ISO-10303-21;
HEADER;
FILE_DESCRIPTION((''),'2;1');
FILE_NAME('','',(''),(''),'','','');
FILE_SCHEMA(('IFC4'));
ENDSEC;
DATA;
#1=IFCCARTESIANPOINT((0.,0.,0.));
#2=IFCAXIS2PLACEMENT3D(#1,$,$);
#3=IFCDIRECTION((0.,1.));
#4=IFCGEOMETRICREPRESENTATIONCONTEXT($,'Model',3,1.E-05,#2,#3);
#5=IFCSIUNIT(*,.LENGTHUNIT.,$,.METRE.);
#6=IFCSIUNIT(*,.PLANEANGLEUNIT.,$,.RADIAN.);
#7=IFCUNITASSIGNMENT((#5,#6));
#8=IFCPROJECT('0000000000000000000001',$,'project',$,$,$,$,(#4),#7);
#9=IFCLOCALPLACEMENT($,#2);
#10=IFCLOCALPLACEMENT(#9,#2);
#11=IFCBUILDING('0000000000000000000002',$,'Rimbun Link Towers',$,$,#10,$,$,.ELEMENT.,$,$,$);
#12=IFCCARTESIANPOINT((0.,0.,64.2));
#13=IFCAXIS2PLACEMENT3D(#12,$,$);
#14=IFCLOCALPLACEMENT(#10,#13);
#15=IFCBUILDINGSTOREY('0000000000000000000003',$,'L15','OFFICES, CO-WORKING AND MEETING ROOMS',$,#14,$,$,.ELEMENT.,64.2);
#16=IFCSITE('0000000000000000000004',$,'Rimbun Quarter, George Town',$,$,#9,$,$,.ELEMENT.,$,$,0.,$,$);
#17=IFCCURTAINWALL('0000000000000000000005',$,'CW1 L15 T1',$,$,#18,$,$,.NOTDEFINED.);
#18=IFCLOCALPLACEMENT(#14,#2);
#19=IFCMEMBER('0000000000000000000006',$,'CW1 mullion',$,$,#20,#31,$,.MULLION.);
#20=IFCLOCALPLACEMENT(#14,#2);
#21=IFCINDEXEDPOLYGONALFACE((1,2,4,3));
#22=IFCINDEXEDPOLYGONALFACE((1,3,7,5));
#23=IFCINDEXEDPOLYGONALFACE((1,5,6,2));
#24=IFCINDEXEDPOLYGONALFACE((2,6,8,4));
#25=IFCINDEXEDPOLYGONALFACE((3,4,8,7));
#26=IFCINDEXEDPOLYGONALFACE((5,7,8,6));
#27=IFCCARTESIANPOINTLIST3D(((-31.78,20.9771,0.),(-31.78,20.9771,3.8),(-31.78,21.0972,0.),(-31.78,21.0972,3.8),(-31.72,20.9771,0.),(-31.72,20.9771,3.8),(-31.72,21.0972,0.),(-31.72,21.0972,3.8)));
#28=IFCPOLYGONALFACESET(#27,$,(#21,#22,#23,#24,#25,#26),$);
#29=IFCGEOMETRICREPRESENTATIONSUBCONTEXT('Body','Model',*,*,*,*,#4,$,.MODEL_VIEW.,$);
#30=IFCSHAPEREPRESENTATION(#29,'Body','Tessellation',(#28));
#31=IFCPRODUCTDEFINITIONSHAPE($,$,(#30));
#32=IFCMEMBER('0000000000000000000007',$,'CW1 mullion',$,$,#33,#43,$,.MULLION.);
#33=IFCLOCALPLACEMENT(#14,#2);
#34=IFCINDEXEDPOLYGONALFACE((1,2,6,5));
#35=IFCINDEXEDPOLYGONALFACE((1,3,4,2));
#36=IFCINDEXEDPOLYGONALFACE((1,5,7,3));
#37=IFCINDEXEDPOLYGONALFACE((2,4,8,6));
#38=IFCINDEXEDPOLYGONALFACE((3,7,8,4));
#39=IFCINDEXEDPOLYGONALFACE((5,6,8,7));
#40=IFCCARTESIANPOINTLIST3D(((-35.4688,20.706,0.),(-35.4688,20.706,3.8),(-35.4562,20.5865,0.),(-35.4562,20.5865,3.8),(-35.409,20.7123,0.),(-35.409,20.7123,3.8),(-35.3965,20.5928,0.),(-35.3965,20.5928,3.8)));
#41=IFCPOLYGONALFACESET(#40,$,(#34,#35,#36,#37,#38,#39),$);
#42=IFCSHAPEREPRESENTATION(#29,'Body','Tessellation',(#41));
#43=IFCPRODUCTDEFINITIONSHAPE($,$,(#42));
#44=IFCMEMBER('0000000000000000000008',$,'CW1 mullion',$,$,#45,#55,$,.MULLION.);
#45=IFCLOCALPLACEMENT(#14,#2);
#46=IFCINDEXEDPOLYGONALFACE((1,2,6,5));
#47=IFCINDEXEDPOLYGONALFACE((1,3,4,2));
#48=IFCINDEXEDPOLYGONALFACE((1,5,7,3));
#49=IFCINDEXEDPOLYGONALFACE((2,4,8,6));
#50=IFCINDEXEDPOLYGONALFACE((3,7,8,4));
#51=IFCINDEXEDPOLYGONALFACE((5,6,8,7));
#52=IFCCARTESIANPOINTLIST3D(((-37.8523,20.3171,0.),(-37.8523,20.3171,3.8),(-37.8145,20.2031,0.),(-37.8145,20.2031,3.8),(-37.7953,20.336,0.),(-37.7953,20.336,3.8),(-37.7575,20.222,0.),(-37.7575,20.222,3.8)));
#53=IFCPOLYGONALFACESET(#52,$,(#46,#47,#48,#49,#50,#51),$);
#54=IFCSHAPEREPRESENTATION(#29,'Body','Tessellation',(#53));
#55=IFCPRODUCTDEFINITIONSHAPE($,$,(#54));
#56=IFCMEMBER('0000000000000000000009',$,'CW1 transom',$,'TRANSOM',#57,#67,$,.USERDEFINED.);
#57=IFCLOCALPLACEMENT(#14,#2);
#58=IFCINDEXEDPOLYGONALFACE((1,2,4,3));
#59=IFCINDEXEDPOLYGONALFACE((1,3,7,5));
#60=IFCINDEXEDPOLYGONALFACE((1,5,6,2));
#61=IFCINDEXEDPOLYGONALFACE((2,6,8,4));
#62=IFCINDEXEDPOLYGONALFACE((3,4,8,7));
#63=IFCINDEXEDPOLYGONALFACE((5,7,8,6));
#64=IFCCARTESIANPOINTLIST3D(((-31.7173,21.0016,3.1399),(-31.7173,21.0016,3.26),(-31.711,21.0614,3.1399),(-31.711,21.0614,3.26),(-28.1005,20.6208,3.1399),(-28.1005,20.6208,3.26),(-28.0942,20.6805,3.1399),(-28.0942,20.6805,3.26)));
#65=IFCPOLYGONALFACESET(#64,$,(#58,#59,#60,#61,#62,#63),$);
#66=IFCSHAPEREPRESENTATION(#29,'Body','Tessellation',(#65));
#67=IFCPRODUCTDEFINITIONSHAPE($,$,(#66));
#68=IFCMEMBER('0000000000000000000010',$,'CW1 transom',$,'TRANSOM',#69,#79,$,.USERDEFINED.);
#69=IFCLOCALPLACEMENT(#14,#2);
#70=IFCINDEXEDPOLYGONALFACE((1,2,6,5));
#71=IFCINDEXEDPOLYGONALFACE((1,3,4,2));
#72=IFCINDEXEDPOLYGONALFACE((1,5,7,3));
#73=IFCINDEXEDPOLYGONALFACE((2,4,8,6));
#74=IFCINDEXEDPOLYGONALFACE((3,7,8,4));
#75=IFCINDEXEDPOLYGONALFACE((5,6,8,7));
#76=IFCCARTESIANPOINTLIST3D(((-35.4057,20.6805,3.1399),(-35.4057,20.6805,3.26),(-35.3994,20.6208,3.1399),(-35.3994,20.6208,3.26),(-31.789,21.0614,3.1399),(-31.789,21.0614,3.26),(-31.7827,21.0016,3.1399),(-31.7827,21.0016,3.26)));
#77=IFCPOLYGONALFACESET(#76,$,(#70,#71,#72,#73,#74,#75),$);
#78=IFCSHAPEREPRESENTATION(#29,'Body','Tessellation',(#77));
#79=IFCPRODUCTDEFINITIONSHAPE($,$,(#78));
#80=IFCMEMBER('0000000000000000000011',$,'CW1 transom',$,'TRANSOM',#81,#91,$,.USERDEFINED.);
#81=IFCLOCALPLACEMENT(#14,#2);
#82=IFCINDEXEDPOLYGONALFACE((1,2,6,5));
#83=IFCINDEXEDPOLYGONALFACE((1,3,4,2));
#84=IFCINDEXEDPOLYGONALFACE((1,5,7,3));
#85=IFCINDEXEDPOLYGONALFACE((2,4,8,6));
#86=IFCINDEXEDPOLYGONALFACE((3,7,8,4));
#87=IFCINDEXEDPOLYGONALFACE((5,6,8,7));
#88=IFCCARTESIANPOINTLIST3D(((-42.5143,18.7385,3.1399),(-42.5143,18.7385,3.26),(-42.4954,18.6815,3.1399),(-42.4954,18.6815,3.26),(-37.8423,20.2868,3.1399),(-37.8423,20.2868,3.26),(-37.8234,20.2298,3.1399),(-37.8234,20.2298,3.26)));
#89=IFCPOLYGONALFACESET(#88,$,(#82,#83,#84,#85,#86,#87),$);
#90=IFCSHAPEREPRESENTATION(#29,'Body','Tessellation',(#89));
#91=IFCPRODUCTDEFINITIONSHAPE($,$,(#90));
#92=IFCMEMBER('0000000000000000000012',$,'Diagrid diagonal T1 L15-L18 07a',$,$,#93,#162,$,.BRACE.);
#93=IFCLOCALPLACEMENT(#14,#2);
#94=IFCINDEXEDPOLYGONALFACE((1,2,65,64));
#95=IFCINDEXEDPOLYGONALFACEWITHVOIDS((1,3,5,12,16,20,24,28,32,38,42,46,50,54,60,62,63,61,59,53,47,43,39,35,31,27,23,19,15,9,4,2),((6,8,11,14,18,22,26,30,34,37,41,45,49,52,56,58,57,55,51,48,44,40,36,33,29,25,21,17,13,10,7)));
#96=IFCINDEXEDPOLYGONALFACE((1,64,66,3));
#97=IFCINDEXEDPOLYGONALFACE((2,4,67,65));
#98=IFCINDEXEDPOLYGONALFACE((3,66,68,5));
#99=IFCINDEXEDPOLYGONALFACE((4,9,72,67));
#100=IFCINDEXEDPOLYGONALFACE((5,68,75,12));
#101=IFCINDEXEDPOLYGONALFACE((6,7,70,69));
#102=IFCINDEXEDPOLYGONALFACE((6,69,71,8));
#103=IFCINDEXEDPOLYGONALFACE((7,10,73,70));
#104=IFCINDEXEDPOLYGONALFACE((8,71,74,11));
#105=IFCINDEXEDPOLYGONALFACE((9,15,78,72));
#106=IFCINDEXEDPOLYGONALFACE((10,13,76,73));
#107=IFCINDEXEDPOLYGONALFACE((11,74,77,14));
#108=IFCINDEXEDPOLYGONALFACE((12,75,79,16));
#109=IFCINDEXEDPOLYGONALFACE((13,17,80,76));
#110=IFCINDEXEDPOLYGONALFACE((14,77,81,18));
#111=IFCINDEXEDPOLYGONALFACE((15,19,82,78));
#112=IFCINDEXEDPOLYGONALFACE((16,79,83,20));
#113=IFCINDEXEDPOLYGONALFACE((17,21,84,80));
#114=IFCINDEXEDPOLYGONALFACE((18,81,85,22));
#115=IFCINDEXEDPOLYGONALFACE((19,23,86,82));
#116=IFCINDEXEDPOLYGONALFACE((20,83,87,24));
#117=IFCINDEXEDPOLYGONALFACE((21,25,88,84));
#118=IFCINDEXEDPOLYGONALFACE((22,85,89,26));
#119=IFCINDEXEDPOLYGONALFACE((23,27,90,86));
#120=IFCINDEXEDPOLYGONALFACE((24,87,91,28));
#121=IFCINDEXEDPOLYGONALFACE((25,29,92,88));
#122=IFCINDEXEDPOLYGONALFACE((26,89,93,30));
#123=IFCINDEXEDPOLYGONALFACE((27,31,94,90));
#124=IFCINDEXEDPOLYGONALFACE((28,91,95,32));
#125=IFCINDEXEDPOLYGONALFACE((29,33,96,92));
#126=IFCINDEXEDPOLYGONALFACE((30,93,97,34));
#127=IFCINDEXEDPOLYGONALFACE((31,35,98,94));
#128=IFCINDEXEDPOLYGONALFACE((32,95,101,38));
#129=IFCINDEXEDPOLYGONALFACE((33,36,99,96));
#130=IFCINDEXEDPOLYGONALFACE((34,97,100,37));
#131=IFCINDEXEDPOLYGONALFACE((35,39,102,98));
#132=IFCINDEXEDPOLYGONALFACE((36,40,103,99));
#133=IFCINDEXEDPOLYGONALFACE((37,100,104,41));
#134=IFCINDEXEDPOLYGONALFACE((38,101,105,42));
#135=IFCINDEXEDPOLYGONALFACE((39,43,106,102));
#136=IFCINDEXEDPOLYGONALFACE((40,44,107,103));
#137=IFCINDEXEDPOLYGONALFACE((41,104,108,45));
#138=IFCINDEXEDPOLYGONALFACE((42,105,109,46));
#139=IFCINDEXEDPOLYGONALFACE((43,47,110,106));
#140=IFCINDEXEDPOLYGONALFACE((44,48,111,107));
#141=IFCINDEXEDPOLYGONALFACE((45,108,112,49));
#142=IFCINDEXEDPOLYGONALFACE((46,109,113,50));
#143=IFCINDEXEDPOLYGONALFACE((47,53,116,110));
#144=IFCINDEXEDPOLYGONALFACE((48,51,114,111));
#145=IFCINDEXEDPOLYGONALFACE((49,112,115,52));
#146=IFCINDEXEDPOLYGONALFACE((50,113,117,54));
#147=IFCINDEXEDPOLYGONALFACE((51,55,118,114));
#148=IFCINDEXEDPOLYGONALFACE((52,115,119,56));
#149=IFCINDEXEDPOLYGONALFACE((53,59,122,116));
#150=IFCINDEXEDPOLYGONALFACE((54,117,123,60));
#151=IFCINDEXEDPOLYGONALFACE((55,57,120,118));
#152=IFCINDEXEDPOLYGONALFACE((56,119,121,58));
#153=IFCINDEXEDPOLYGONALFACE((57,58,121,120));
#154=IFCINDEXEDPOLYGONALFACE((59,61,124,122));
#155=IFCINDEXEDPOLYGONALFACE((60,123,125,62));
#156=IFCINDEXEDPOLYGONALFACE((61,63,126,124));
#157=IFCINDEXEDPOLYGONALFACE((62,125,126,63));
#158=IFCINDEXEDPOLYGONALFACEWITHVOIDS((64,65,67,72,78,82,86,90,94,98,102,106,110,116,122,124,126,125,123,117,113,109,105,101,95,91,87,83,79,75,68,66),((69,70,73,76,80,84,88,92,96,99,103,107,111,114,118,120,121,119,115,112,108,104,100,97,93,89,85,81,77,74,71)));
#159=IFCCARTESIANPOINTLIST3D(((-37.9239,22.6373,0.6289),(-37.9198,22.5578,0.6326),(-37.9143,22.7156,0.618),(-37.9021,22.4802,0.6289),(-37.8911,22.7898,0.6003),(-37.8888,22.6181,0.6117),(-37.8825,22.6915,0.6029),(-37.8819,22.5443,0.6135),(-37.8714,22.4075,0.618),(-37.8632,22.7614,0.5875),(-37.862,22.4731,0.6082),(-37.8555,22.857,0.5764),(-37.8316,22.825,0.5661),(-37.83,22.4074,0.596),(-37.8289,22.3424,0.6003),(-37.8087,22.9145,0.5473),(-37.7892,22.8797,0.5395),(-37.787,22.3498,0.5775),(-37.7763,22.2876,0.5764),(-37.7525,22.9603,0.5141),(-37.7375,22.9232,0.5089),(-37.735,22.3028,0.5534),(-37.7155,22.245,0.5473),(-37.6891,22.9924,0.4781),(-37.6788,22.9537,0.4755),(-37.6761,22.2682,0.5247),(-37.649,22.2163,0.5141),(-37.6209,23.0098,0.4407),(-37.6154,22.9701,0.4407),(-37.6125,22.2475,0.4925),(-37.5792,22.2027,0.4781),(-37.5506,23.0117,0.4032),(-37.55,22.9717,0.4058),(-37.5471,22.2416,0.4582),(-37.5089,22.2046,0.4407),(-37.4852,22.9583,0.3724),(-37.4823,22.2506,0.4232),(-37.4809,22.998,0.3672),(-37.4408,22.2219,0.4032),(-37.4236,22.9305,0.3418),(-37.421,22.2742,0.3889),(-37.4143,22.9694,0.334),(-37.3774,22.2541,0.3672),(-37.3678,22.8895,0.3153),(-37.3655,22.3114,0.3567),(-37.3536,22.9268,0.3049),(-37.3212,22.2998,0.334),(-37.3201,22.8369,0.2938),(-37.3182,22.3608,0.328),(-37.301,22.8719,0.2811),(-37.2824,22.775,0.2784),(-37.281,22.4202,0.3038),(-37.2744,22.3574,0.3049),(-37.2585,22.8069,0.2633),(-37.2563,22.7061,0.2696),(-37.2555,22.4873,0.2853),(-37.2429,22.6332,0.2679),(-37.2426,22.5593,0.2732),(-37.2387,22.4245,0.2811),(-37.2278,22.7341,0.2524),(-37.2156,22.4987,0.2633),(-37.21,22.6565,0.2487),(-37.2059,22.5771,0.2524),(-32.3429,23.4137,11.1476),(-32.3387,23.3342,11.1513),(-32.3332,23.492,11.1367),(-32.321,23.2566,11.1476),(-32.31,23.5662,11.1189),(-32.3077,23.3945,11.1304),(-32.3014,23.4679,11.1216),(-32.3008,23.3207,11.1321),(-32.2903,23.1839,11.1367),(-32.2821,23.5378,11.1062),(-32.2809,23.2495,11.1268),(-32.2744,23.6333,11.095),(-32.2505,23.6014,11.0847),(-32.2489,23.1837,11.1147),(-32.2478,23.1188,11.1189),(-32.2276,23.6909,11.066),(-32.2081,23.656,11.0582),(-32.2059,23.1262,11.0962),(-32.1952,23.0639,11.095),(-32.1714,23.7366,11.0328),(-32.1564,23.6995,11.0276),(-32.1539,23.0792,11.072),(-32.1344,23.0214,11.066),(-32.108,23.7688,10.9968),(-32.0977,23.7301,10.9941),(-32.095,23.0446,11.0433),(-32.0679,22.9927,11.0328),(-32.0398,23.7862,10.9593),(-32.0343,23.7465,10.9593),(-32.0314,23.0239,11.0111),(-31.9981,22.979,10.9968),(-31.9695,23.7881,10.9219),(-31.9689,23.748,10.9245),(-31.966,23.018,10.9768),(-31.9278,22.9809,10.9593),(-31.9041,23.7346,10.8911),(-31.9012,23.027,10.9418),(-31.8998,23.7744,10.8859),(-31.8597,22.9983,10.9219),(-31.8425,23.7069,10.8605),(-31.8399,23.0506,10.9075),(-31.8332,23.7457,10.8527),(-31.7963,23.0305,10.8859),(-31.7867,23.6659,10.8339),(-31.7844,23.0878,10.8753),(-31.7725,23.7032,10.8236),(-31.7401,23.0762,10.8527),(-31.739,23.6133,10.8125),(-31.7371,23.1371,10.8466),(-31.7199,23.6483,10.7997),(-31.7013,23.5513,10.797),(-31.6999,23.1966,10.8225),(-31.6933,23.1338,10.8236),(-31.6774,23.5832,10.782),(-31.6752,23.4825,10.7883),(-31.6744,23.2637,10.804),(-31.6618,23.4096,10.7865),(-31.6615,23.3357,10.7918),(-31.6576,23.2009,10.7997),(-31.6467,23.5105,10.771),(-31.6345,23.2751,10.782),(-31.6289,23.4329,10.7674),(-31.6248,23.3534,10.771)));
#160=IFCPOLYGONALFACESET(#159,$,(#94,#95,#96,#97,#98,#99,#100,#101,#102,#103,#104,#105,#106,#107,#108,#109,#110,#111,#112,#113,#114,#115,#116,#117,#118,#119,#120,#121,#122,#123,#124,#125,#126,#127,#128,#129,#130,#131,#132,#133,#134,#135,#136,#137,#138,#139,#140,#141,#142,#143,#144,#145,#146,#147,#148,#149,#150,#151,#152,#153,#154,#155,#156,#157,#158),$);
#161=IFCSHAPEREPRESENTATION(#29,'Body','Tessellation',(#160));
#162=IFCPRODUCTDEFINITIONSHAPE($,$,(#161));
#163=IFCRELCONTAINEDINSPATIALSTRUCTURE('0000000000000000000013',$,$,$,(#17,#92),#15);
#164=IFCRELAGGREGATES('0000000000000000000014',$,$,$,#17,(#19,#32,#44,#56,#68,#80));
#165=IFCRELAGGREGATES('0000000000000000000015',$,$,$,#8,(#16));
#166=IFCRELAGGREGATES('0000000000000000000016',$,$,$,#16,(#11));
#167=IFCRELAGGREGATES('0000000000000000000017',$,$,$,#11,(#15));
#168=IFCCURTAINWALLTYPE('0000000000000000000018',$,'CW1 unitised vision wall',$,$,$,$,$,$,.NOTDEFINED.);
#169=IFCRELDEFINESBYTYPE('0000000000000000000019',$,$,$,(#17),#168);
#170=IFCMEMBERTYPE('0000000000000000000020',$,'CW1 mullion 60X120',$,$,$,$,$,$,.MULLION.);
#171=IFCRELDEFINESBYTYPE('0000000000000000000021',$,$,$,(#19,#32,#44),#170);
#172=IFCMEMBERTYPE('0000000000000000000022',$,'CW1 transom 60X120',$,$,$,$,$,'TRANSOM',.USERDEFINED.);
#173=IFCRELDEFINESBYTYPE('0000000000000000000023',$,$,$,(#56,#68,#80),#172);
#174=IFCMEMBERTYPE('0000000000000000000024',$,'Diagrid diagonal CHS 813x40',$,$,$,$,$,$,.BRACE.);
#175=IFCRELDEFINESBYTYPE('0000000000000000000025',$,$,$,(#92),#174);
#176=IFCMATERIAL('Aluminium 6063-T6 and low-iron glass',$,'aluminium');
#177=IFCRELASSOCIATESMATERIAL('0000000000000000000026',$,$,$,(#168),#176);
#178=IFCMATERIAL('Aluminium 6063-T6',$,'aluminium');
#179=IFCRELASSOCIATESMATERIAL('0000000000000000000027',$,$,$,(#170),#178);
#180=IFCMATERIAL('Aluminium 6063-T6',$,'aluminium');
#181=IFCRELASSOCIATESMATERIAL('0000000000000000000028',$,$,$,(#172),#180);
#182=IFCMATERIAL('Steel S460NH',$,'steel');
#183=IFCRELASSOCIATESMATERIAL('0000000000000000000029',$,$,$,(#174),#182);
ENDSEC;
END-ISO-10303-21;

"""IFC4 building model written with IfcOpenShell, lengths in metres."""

from ifc_helpers import new_model, si_unit, direction, frame, origin, origin_2d, place, context, subcontext, project, spatial, rectangle, hollow_circle, extrude, material, material_profile, profile_set, type_object, element, aggregate, save


model = new_model("IFC4")

# Units and contexts
model_context = context("Model", 3, precision=1e-05, world=origin(), true_north=direction((0.0, 1.0)))
body_context = subcontext(model_context, "Body", "Model", "MODEL_VIEW")
ifc_project = project(units=[si_unit("LENGTHUNIT", "METRE"), si_unit("PLANEANGLEUNIT", "RADIAN")], contexts=[model_context])

# Site, building, storey
site_placement = place(None, origin())
site = spatial("IfcSite", under=ifc_project, at=site_placement, Name="Rimbun Quarter, George Town", CompositionType="ELEMENT", RefElevation=0.0)
building_placement = place(site_placement, origin())
building = spatial("IfcBuilding", under=site, at=building_placement, Name="Rimbun Link Towers", CompositionType="ELEMENT")
storey_placement = place(building_placement, frame((0.0, 0.0, 64.2)))
storey = spatial("IfcBuildingStorey", under=building, at=storey_placement, Name="L15", Description="OFFICES, CO-WORKING AND MEETING ROOMS", CompositionType="ELEMENT", Elevation=64.2)

# Curtain wall, members
ifc_material_1 = material(Name="Aluminium 6063-T6 and low-iron glass", Category="aluminium")
curtain_wall_type = type_object("IfcCurtainWallType", Name="CW1 unitised vision wall", PredefinedType="NOTDEFINED", material=ifc_material_1)
curtain_wall_placement = place(storey_placement, origin())
curtain_wall = element("IfcCurtainWall", 1, at=curtain_wall_placement, inside=storey, type_object=curtain_wall_type, Name="CW1 L15 T1", PredefinedType="NOTDEFINED")
ifc_material_2 = material(Name="Aluminium 6063-T6", Category="aluminium")
ifc_material_profile_1 = material_profile(ifc_material_2, rectangle(XDim=0.1201, YDim=0.0601, at=origin_2d()), Name="MULLION 60X120")
ifc_profile_set_1 = profile_set([ifc_material_profile_1], Name="Aluminium 6063-T6")
member_type_1 = type_object("IfcMemberType", Name="CW1 mullion 60X120", PredefinedType="MULLION", material=ifc_profile_set_1)
member_1_placement = place(storey_placement, frame((-31.75, 21.0371, 0.0), z_axis=(0.0, 0.0, 1.0), x_axis=(0.0, 1.0, 0.0)))
member_1 = element("IfcMember", 2, at=member_1_placement, type_object=member_type_1, Name="CW1 mullion", PredefinedType="MULLION", context=body_context, shape_type="SweptSolid", body=[
    extrude(rectangle(XDim=0.1201, YDim=0.0601, at=origin_2d()), origin(), (0.0, 0.0, 1.0), 3.8),
])
member_2_placement = place(storey_placement, frame((-35.4326, 20.6494, 0.0), z_axis=(0.0, 0.0, 1.0), x_axis=(-0.104735, 0.9945, 0.0)))
member_2 = element("IfcMember", 3, at=member_2_placement, type_object=member_type_1, Name="CW1 mullion", PredefinedType="MULLION", context=body_context, shape_type="SweptSolid", body=[
    extrude(rectangle(XDim=0.1201, YDim=0.0601, at=origin_2d()), origin(), (0.0, 0.0, 1.0), 3.8),
])
member_3_placement = place(storey_placement, frame((-37.8049, 20.2695, 0.0), z_axis=(0.0, 0.0, 1.0), x_axis=(-0.314556, 0.949239, 0.0)))
member_3 = element("IfcMember", 4, at=member_3_placement, type_object=member_type_1, Name="CW1 mullion", PredefinedType="MULLION", context=body_context, shape_type="SweptSolid", body=[
    extrude(rectangle(XDim=0.1201, YDim=0.0601, at=origin_2d()), origin(), (0.0, 0.0, 1.0), 3.8),
])
ifc_material_3 = material(Name="Aluminium 6063-T6", Category="aluminium")
ifc_material_profile_2 = material_profile(ifc_material_3, rectangle(XDim=0.0601, YDim=0.1201, at=origin_2d()), Name="TRANSOM 60X120")
ifc_profile_set_2 = profile_set([ifc_material_profile_2], Name="Aluminium 6063-T6")
member_type_2 = type_object("IfcMemberType", Name="CW1 transom 60X120", ElementType="TRANSOM", PredefinedType="USERDEFINED", material=ifc_profile_set_2)
member_4_placement = place(storey_placement, frame((-31.7141, 21.0315, 3.2), z_axis=(0.994501, -0.104727, 0.0), x_axis=(0.104727, 0.994501, 0.0)))
member_4 = element("IfcMember", 5, at=member_4_placement, type_object=member_type_2, Name="CW1 transom", ObjectType="TRANSOM", PredefinedType="USERDEFINED", context=body_context, shape_type="SweptSolid", body=[
    extrude(rectangle(XDim=0.0601, YDim=0.1201, at=origin_2d()), origin(), (0.0, 0.0, 1.0), 3.6367),
])
member_5_placement = place(storey_placement, frame((-35.4026, 20.6506, 3.2), z_axis=(0.994501, 0.104727, 0.0), x_axis=(-0.104727, 0.994501, 0.0)))
member_5 = element("IfcMember", 6, at=member_5_placement, type_object=member_type_2, Name="CW1 transom", ObjectType="TRANSOM", PredefinedType="USERDEFINED", context=body_context, shape_type="SweptSolid", body=[
    extrude(rectangle(XDim=0.0601, YDim=0.1201, at=origin_2d()), origin(), (0.0, 0.0, 1.0), 3.6367),
])
member_6_placement = place(storey_placement, frame((-42.5049, 18.71, 3.2), z_axis=(0.949232, 0.314576, 0.0), x_axis=(-0.314576, 0.949232, 0.0)))
member_6 = element("IfcMember", 7, at=member_6_placement, type_object=member_type_2, Name="CW1 transom", ObjectType="TRANSOM", PredefinedType="USERDEFINED", context=body_context, shape_type="SweptSolid", body=[
    extrude(rectangle(XDim=0.0601, YDim=0.1201, at=origin_2d()), origin(), (0.0, 0.0, 1.0), 4.9219),
])

# Member
ifc_material_4 = material(Name="Steel S460NH", Category="steel")
ifc_material_profile_3 = material_profile(ifc_material_4, hollow_circle(Radius=0.4065, WallThickness=0.04, at=origin_2d()), Name="Diagrid diagonal CHS 813x40")
ifc_profile_set_3 = profile_set([ifc_material_profile_3], Name="Steel S460NH")
member_type_3 = type_object("IfcMemberType", Name="Diagrid diagonal CHS 813x40", PredefinedType="BRACE", material=ifc_profile_set_3)
member_7_placement = place(storey_placement, frame((-37.5649, 22.6072, 0.4407), z_axis=(0.467708, 0.065062, 0.881485), x_axis=(-0.137781, 0.990463, 0.0)))
element("IfcMember", 8, at=member_7_placement, inside=storey, type_object=member_type_3, Name="Diagrid diagonal T1 L15-L18 07a", PredefinedType="BRACE", context=body_context, shape_type="SweptSolid", body=[
    extrude(hollow_circle(Radius=0.4065, WallThickness=0.04, at=origin_2d()), origin(), (0.0, 0.0, 1.0), 11.9329),
])

aggregate(curtain_wall, [member_1, member_2, member_3, member_4, member_5, member_6])

save(model, "model.ifc")
